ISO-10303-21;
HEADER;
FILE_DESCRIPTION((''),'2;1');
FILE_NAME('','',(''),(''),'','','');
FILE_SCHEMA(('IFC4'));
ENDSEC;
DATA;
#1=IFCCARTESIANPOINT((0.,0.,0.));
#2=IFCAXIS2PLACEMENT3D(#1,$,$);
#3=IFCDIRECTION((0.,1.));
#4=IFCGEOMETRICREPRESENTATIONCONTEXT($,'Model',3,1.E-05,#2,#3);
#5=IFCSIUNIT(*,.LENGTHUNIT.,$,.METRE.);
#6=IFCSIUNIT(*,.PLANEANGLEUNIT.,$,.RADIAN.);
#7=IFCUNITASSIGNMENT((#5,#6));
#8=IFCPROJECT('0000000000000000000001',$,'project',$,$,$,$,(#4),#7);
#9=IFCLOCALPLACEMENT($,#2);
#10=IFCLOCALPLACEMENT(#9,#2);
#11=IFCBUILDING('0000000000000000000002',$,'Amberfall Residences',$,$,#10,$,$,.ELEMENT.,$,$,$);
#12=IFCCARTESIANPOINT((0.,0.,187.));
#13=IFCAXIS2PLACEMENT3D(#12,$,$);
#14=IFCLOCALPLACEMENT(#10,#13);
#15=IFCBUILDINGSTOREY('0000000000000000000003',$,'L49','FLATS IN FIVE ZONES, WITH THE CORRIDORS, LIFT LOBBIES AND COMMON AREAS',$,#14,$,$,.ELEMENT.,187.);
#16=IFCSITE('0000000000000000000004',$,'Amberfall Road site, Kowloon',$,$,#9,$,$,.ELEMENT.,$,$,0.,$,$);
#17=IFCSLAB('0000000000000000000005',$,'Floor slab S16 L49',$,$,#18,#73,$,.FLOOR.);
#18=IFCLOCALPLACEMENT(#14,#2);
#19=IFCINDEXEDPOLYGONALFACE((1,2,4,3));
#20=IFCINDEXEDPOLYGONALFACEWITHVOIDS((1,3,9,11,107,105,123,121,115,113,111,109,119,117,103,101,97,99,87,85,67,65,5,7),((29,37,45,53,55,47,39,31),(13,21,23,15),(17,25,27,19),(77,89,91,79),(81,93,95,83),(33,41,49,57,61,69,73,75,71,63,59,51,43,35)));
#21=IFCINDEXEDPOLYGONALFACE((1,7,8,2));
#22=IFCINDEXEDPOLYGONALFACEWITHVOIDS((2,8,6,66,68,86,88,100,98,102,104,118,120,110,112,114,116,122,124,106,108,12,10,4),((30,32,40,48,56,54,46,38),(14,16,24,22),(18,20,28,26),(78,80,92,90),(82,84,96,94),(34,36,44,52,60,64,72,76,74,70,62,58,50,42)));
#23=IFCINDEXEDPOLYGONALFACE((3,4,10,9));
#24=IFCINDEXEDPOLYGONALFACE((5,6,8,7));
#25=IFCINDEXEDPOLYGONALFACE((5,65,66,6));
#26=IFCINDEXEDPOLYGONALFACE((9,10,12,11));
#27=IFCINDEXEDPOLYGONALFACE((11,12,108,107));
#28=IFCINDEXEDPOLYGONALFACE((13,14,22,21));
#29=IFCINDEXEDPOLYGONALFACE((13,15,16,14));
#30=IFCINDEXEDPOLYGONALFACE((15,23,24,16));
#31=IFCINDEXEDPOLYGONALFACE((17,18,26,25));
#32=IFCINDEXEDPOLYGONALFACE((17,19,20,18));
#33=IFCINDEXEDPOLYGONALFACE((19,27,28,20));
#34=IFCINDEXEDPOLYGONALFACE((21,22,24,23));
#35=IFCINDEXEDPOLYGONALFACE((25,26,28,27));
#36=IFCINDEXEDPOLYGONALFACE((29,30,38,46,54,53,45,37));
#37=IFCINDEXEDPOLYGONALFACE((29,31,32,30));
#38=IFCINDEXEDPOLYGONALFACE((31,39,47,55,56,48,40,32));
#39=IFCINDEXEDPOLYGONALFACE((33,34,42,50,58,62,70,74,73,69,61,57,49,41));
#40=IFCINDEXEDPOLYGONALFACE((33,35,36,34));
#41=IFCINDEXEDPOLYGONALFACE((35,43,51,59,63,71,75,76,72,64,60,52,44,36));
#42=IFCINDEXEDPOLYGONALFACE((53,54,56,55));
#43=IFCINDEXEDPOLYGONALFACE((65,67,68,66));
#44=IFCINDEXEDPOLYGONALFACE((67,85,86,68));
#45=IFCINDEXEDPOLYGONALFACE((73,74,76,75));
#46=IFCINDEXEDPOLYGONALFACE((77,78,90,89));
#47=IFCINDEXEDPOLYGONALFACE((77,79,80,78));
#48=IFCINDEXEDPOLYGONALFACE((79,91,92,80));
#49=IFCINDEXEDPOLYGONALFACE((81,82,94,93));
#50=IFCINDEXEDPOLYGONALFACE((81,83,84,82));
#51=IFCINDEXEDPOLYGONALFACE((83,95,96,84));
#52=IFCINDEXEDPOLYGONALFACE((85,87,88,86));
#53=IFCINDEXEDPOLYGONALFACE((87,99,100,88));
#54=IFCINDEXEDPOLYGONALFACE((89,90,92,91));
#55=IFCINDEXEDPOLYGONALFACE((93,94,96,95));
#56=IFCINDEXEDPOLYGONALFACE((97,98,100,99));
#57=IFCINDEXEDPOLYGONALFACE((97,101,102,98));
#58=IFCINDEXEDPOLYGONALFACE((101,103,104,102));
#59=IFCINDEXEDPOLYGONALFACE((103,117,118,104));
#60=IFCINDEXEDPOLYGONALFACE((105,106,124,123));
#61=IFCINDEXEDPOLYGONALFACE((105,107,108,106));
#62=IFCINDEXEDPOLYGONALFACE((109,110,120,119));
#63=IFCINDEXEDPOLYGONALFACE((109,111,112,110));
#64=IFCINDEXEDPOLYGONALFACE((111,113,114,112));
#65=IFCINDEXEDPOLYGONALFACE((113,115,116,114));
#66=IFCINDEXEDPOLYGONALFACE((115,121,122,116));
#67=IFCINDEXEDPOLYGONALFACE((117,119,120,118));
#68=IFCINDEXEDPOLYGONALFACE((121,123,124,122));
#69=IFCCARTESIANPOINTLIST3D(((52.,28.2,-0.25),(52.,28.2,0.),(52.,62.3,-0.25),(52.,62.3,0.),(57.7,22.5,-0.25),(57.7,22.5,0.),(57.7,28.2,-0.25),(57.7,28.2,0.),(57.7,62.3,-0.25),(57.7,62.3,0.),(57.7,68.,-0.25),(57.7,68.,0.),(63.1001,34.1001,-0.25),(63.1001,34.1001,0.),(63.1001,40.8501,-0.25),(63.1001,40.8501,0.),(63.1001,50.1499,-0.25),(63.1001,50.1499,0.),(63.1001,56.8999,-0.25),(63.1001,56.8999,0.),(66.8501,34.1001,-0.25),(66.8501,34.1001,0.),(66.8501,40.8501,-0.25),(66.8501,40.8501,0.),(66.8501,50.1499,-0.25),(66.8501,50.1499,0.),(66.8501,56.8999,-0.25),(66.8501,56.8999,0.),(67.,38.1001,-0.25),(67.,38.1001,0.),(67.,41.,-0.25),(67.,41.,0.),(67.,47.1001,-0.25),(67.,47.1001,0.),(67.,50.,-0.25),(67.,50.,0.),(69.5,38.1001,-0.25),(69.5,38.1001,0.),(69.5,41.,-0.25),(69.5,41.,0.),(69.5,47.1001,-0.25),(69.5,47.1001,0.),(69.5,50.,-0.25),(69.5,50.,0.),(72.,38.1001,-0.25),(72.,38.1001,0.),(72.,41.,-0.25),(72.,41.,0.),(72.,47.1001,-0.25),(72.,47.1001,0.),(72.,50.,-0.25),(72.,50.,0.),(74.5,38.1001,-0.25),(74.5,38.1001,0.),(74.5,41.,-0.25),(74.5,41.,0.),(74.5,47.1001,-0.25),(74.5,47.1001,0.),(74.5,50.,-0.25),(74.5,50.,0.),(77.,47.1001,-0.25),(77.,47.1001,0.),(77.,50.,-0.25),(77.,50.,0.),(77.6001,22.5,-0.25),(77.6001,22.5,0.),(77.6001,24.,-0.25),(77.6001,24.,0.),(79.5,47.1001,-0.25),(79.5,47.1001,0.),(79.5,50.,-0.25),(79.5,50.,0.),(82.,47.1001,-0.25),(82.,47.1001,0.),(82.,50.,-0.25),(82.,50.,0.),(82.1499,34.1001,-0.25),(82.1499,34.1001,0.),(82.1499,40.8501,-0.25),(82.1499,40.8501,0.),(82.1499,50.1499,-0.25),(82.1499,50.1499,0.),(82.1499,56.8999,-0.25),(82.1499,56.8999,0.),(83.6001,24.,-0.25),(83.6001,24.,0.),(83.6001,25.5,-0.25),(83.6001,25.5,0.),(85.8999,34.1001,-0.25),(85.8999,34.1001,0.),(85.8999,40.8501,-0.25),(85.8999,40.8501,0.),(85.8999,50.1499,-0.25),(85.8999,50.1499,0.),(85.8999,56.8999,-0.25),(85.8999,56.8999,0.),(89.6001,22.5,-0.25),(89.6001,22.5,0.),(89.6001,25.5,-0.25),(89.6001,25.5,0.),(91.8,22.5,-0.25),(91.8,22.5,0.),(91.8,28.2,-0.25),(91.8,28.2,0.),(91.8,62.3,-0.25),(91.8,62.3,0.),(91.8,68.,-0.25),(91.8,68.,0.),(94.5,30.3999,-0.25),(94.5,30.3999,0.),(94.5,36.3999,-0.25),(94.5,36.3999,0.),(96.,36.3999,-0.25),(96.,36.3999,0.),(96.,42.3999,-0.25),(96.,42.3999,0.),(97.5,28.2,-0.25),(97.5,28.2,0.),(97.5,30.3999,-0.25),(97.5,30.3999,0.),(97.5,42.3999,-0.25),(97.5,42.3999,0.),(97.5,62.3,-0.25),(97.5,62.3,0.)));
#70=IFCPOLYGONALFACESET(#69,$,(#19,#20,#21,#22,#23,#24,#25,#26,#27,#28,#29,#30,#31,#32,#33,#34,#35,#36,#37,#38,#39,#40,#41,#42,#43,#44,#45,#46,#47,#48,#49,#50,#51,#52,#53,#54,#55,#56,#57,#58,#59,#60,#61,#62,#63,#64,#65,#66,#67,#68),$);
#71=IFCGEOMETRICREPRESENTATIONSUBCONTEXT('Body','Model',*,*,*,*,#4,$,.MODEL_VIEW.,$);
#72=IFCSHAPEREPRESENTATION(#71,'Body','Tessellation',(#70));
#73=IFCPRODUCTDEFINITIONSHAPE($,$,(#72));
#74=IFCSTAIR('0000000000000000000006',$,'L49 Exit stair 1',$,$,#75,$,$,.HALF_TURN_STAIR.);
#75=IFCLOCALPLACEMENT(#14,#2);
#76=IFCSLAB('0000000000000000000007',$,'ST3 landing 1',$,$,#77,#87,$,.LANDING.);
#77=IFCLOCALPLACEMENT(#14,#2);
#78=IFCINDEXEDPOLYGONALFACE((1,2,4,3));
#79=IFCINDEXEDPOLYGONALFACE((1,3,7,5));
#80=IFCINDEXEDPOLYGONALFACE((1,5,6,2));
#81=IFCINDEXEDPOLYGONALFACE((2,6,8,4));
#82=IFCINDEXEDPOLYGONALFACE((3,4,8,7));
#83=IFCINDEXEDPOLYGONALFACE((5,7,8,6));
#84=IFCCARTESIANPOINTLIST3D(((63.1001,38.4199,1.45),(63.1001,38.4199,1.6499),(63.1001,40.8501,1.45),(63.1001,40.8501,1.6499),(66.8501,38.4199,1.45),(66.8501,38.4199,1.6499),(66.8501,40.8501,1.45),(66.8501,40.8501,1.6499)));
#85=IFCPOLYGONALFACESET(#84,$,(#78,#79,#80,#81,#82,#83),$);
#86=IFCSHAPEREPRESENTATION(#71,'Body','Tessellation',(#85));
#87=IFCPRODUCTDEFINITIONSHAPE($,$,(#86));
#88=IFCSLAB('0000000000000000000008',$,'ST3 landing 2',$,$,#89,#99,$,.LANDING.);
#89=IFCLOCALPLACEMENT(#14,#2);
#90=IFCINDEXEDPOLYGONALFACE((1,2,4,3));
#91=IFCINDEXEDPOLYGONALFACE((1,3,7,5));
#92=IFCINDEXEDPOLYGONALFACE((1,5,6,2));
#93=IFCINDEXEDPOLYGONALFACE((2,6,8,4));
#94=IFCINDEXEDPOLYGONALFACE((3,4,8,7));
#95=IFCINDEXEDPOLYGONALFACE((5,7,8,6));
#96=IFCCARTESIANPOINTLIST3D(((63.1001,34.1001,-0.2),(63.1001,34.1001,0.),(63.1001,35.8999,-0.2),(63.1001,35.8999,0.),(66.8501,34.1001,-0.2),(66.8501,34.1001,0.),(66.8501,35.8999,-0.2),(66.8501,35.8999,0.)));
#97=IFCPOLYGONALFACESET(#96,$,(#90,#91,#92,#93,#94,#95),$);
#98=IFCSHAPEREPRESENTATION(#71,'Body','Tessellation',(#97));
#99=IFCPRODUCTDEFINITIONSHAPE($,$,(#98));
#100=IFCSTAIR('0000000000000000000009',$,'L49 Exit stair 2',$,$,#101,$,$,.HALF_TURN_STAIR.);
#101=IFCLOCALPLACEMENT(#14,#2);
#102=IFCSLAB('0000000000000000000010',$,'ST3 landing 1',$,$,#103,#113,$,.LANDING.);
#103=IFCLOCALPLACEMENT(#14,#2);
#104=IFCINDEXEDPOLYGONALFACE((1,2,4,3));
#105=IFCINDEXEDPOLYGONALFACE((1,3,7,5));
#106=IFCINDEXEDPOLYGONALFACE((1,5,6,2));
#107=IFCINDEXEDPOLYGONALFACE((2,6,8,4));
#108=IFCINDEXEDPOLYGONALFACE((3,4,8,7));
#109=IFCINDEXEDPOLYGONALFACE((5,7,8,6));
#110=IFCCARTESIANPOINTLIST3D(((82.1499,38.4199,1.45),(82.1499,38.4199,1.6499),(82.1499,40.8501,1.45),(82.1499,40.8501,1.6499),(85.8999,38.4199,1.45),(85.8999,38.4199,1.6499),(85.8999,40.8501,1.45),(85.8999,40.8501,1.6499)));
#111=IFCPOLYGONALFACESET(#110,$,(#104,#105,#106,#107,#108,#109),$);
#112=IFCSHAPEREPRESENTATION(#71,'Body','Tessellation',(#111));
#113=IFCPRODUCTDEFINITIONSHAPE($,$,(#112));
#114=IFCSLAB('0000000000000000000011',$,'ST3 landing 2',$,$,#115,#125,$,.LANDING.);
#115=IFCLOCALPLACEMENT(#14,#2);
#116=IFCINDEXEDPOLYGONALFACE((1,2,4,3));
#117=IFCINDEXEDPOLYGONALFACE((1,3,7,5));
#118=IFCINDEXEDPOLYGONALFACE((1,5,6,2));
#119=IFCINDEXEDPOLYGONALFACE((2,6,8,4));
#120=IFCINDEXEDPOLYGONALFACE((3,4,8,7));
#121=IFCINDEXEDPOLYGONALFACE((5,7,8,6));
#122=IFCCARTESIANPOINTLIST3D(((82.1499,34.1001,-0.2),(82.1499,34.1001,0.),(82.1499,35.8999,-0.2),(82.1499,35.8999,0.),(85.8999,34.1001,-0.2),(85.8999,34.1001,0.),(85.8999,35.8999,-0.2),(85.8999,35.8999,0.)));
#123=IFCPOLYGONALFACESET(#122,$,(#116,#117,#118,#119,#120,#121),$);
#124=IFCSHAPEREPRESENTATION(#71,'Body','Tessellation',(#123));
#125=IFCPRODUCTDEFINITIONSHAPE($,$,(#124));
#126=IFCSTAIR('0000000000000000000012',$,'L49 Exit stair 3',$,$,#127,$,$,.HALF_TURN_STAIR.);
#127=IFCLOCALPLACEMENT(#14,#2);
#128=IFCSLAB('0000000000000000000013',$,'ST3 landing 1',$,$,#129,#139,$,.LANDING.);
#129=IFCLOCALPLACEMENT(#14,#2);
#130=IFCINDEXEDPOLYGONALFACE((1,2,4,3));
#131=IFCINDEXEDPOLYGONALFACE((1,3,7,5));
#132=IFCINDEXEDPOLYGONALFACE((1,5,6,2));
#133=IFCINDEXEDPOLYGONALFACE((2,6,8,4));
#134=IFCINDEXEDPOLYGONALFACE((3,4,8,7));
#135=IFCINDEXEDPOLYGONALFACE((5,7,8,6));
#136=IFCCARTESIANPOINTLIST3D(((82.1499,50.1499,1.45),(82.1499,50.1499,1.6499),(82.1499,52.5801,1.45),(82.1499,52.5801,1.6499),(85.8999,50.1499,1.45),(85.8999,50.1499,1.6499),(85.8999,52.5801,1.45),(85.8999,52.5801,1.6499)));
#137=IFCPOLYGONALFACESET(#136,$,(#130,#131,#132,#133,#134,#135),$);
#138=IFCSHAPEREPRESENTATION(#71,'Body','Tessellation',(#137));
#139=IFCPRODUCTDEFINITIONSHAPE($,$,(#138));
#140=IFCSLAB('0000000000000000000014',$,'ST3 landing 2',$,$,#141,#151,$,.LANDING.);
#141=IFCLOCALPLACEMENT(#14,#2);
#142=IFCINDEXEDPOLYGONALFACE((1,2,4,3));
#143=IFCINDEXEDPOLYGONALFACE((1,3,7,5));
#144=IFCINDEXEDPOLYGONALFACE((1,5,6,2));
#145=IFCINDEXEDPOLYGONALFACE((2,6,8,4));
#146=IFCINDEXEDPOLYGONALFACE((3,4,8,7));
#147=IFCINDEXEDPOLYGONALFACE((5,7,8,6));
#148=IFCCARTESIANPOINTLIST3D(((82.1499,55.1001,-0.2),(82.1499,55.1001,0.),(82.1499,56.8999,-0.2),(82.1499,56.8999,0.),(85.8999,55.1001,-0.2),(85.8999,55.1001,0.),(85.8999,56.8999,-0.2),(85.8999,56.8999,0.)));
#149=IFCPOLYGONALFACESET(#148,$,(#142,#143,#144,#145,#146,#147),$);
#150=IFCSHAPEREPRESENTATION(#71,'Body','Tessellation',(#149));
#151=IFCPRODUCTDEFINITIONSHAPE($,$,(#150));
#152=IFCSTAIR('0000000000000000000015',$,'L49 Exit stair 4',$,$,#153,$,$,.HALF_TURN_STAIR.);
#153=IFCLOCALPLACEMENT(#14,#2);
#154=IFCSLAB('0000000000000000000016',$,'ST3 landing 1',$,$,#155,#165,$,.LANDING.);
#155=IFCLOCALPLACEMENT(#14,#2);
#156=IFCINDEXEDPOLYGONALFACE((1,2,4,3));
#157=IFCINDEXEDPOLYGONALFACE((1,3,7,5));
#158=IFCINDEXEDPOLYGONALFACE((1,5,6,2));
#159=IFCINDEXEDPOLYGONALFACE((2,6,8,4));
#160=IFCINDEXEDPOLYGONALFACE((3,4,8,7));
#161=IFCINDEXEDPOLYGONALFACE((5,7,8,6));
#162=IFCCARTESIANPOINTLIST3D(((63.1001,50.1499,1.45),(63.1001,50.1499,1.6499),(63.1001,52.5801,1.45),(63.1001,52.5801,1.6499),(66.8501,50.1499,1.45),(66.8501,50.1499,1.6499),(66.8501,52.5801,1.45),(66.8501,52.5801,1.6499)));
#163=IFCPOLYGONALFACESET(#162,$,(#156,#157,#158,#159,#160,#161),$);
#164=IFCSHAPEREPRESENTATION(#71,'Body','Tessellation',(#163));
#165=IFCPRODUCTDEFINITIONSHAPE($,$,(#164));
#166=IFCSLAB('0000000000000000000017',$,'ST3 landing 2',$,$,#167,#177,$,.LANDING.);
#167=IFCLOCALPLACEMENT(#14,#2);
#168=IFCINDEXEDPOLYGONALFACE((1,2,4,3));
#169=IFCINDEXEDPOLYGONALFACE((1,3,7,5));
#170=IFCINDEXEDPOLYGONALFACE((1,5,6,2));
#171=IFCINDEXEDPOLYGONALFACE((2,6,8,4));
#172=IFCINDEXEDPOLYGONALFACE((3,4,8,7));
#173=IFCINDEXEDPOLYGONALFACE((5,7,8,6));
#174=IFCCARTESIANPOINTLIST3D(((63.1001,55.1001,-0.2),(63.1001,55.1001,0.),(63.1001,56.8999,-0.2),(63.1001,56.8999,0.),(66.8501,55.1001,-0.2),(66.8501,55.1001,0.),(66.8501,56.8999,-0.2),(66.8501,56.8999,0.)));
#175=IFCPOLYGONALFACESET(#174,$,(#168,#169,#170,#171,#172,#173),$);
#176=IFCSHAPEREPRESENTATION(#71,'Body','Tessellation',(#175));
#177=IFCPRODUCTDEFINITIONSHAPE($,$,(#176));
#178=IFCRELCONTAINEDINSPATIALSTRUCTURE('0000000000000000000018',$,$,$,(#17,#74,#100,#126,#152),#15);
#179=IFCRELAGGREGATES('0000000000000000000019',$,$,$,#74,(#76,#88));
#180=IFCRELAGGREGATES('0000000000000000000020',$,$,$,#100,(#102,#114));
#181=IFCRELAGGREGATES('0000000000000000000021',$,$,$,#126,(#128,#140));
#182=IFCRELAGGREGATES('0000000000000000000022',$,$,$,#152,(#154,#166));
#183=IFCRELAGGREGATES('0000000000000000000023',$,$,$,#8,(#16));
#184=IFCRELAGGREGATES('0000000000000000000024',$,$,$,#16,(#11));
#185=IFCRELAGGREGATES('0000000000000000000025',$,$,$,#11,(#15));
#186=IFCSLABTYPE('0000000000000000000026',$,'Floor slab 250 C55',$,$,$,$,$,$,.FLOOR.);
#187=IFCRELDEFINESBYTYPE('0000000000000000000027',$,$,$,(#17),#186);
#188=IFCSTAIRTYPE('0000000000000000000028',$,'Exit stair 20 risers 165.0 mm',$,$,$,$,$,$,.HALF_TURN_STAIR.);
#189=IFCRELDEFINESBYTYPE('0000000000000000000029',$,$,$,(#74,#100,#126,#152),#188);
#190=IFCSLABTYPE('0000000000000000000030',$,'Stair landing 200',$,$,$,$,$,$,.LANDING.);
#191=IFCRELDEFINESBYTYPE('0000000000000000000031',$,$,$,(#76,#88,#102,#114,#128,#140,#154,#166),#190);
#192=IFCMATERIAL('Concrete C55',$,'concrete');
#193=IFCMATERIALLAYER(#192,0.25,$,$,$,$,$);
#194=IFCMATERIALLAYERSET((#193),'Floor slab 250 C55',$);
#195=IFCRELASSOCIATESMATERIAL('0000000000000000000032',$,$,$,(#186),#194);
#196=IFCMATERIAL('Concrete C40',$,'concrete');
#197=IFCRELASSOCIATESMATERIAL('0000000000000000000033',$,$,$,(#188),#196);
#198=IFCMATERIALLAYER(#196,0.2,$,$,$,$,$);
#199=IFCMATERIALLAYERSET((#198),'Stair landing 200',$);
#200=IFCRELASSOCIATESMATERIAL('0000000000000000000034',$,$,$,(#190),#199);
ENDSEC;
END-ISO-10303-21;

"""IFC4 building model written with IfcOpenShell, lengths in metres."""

from ifc_helpers import new_model, si_unit, direction, frame, origin, place, context, subcontext, project, spatial, polyline, outline, extrude, material, layer, layer_set, type_object, element, aggregate, save


model = new_model("IFC4")

# Units and contexts
model_context = context("Model", 3, precision=1e-05, world=origin(), true_north=direction((0.0, 1.0)))
body_context = subcontext(model_context, "Body", "Model", "MODEL_VIEW")
ifc_project = project(units=[si_unit("LENGTHUNIT", "METRE"), si_unit("PLANEANGLEUNIT", "RADIAN")], contexts=[model_context])

# Site, building, storey
site_placement = place(None, origin())
site = spatial("IfcSite", under=ifc_project, at=site_placement, Name="Amberfall Road site, Kowloon", CompositionType="ELEMENT", RefElevation=0.0)
building_placement = place(site_placement, origin())
building = spatial("IfcBuilding", under=site, at=building_placement, Name="Amberfall Residences", CompositionType="ELEMENT")
storey_placement = place(building_placement, frame((0.0, 0.0, 187.0)))
storey = spatial("IfcBuildingStorey", under=building, at=storey_placement, Name="L49", Description="FLATS IN FIVE ZONES, WITH THE CORRIDORS, LIFT LOBBIES AND COMMON AREAS", CompositionType="ELEMENT", Elevation=187.0)

# Slab
ifc_material_1 = material(Name="Concrete C55", Category="concrete")
ifc_layer_1 = layer(ifc_material_1, 0.25)
ifc_layer_set_1 = layer_set([ifc_layer_1], Name="Floor slab 250 C55")
slab_type_1 = type_object("IfcSlabType", Name="Floor slab 250 C55", PredefinedType="FLOOR", material=ifc_layer_set_1)
slab_1_placement = place(storey_placement, frame((0.0, 0.0, -0.25)))
element("IfcSlab", 1, at=slab_1_placement, inside=storey, type_object=slab_type_1, Name="Floor slab S16 L49", PredefinedType="FLOOR", context=body_context, shape_type="SweptSolid", body=[
    extrude(outline(polyline([(89.6001, 22.5), (89.6001, 25.5), (83.6001, 25.5), (83.6001, 24.0), (77.6001, 24.0), (77.6001, 22.5), (57.7, 22.5), (57.7, 28.2), (52.0, 28.2), (52.0, 62.3), (57.7, 62.3), (57.7, 68.0), (91.8, 68.0), (91.8, 62.3), (97.5, 62.3), (97.5, 42.3999), (96.0, 42.3999), (96.0, 36.3999), (94.5, 36.3999), (94.5, 30.3999), (97.5, 30.3999), (97.5, 28.2), (91.8, 28.2), (91.8, 22.5), (89.6001, 22.5)]), holes=[polyline([(85.8999, 34.1001), (85.8999, 40.8501), (82.1499, 40.8501), (82.1499, 34.1001), (85.8999, 34.1001)]), polyline([(85.8999, 50.1499), (85.8999, 56.8999), (82.1499, 56.8999), (82.1499, 50.1499), (85.8999, 50.1499)]), polyline([(67.0, 50.0), (67.0, 47.1001), (69.5, 47.1001), (72.0, 47.1001), (74.5, 47.1001), (77.0, 47.1001), (79.5, 47.1001), (82.0, 47.1001), (82.0, 50.0), (79.5, 50.0), (77.0, 50.0), (74.5, 50.0), (72.0, 50.0), (69.5, 50.0), (67.0, 50.0)]), polyline([(69.5, 41.0), (67.0, 41.0), (67.0, 38.1001), (69.5, 38.1001), (72.0, 38.1001), (74.5, 38.1001), (74.5, 41.0), (72.0, 41.0), (69.5, 41.0)]), polyline([(66.8501, 40.8501), (63.1001, 40.8501), (63.1001, 34.1001), (66.8501, 34.1001), (66.8501, 40.8501)]), polyline([(66.8501, 56.8999), (63.1001, 56.8999), (63.1001, 50.1499), (66.8501, 50.1499), (66.8501, 56.8999)])]), origin(), (0.0, 0.0, 1.0), 0.25),
])

# Stairs, slabs
ifc_material_2 = material(Name="Concrete C40", Category="concrete")
stair_type = type_object("IfcStairType", Name="Exit stair 20 risers 165.0 mm", PredefinedType="HALF_TURN_STAIR", material=ifc_material_2)
stair_1_placement = place(storey_placement, origin())
stair_1 = element("IfcStair", 2, at=stair_1_placement, inside=storey, type_object=stair_type, Name="L49 Exit stair 1", PredefinedType="HALF_TURN_STAIR")
ifc_layer_2 = layer(ifc_material_2, 0.2)
ifc_layer_set_2 = layer_set([ifc_layer_2], Name="Stair landing 200")
slab_type_2 = type_object("IfcSlabType", Name="Stair landing 200", PredefinedType="LANDING", material=ifc_layer_set_2)
slab_2_placement = place(storey_placement, frame((0.0, 0.0, 1.45)))
slab_2 = element("IfcSlab", 3, at=slab_2_placement, type_object=slab_type_2, Name="ST3 landing 1", PredefinedType="LANDING", context=body_context, shape_type="SweptSolid", body=[
    extrude(outline(polyline([(66.8501, 38.4199), (66.8501, 40.8501), (63.1001, 40.8501), (63.1001, 38.4199), (66.8501, 38.4199)])), origin(), (0.0, 0.0, 1.0), 0.2),
])
slab_3_placement = place(storey_placement, frame((0.0, 0.0, -0.2)))
slab_3 = element("IfcSlab", 4, at=slab_3_placement, type_object=slab_type_2, Name="ST3 landing 2", PredefinedType="LANDING", context=body_context, shape_type="SweptSolid", body=[
    extrude(outline(polyline([(66.8501, 34.1001), (66.8501, 35.8999), (63.1001, 35.8999), (63.1001, 34.1001), (66.8501, 34.1001)])), origin(), (0.0, 0.0, 1.0), 0.2),
])
aggregate(stair_1, [slab_2, slab_3])
stair_2_placement = place(storey_placement, origin())
stair_2 = element("IfcStair", 5, at=stair_2_placement, inside=storey, type_object=stair_type, Name="L49 Exit stair 2", PredefinedType="HALF_TURN_STAIR")
slab_4_placement = place(storey_placement, frame((0.0, 0.0, 1.45)))
slab_4 = element("IfcSlab", 6, at=slab_4_placement, type_object=slab_type_2, Name="ST3 landing 1", PredefinedType="LANDING", context=body_context, shape_type="SweptSolid", body=[
    extrude(outline(polyline([(85.8999, 38.4199), (85.8999, 40.8501), (82.1499, 40.8501), (82.1499, 38.4199), (85.8999, 38.4199)])), origin(), (0.0, 0.0, 1.0), 0.2),
])
slab_5_placement = place(storey_placement, frame((0.0, 0.0, -0.2)))
slab_5 = element("IfcSlab", 7, at=slab_5_placement, type_object=slab_type_2, Name="ST3 landing 2", PredefinedType="LANDING", context=body_context, shape_type="SweptSolid", body=[
    extrude(outline(polyline([(85.8999, 34.1001), (85.8999, 35.8999), (82.1499, 35.8999), (82.1499, 34.1001), (85.8999, 34.1001)])), origin(), (0.0, 0.0, 1.0), 0.2),
])
aggregate(stair_2, [slab_4, slab_5])
stair_3_placement = place(storey_placement, origin())
stair_3 = element("IfcStair", 8, at=stair_3_placement, inside=storey, type_object=stair_type, Name="L49 Exit stair 3", PredefinedType="HALF_TURN_STAIR")
slab_6_placement = place(storey_placement, frame((0.0, 0.0, 1.45)))
slab_6 = element("IfcSlab", 9, at=slab_6_placement, type_object=slab_type_2, Name="ST3 landing 1", PredefinedType="LANDING", context=body_context, shape_type="SweptSolid", body=[
    extrude(outline(polyline([(82.1499, 52.5801), (82.1499, 50.1499), (85.8999, 50.1499), (85.8999, 52.5801), (82.1499, 52.5801)])), origin(), (0.0, 0.0, 1.0), 0.2),
])
slab_7_placement = place(storey_placement, frame((0.0, 0.0, -0.2)))
slab_7 = element("IfcSlab", 10, at=slab_7_placement, type_object=slab_type_2, Name="ST3 landing 2", PredefinedType="LANDING", context=body_context, shape_type="SweptSolid", body=[
    extrude(outline(polyline([(82.1499, 56.8999), (82.1499, 55.1001), (85.8999, 55.1001), (85.8999, 56.8999), (82.1499, 56.8999)])), origin(), (0.0, 0.0, 1.0), 0.2),
])
aggregate(stair_3, [slab_6, slab_7])
stair_4_placement = place(storey_placement, origin())
stair_4 = element("IfcStair", 11, at=stair_4_placement, inside=storey, type_object=stair_type, Name="L49 Exit stair 4", PredefinedType="HALF_TURN_STAIR")
slab_8_placement = place(storey_placement, frame((0.0, 0.0, 1.45)))
slab_8 = element("IfcSlab", 12, at=slab_8_placement, type_object=slab_type_2, Name="ST3 landing 1", PredefinedType="LANDING", context=body_context, shape_type="SweptSolid", body=[
    extrude(outline(polyline([(63.1001, 52.5801), (63.1001, 50.1499), (66.8501, 50.1499), (66.8501, 52.5801), (63.1001, 52.5801)])), origin(), (0.0, 0.0, 1.0), 0.2),
])
slab_9_placement = place(storey_placement, frame((0.0, 0.0, -0.2)))
slab_9 = element("IfcSlab", 13, at=slab_9_placement, type_object=slab_type_2, Name="ST3 landing 2", PredefinedType="LANDING", context=body_context, shape_type="SweptSolid", body=[
    extrude(outline(polyline([(63.1001, 56.8999), (63.1001, 55.1001), (66.8501, 55.1001), (66.8501, 56.8999), (63.1001, 56.8999)])), origin(), (0.0, 0.0, 1.0), 0.2),
])
aggregate(stair_4, [slab_8, slab_9])

save(model, "model.ifc")
